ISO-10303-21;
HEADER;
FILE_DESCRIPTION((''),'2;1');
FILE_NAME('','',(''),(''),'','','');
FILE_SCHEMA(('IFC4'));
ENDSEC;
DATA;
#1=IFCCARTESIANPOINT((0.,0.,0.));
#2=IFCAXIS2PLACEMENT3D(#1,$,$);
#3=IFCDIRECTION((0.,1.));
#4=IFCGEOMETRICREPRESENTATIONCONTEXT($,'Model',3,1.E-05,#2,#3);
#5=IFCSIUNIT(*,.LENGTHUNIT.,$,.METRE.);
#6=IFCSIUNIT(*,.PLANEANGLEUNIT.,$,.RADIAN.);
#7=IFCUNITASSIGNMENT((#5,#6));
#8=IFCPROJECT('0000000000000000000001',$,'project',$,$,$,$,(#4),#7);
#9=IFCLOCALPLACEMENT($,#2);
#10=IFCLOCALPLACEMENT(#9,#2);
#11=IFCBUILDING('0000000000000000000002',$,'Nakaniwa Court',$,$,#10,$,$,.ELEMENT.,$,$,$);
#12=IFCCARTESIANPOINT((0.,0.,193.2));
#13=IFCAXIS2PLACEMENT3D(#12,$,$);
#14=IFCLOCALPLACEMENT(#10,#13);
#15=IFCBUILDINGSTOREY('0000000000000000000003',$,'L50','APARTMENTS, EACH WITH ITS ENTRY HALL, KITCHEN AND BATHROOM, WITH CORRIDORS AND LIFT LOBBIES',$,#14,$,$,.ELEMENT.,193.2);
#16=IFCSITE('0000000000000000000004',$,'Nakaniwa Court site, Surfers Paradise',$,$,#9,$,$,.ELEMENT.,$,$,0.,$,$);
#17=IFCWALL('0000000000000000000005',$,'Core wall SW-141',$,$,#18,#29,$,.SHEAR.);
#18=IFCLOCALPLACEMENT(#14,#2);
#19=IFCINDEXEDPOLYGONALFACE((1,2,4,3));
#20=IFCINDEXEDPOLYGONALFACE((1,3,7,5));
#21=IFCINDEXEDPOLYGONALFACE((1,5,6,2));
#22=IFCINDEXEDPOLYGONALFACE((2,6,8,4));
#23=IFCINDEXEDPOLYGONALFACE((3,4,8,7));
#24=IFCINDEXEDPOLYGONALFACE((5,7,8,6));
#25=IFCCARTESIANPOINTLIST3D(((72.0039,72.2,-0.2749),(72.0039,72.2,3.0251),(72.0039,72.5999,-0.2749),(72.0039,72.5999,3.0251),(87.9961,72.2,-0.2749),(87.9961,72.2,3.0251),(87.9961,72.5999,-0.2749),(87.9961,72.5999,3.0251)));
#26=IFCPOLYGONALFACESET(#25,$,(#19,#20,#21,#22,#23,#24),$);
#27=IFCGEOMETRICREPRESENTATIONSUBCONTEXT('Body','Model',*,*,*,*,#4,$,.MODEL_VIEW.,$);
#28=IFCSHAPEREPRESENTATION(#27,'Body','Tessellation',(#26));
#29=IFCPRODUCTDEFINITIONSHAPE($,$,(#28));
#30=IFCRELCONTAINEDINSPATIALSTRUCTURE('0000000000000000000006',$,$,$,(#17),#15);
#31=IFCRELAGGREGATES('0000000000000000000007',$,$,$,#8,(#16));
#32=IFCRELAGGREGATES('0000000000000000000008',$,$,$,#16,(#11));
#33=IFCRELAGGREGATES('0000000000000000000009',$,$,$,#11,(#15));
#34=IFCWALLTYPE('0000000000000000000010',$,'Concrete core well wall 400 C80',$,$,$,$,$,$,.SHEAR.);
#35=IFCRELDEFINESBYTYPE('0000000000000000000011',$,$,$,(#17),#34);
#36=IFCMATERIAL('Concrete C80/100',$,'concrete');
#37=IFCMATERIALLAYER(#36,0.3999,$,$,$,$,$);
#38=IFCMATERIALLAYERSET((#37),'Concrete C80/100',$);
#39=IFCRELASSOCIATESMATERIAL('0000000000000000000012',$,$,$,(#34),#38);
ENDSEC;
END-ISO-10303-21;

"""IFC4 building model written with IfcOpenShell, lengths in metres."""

from ifc_helpers import new_model, si_unit, direction, frame, frame_2d, origin, place, context, subcontext, project, spatial, rectangle, extrude, material, layer, layer_set, type_object, element, save


model = new_model("IFC4")

# Units and contexts
model_context = context("Model", 3, precision=1e-05, world=origin(), true_north=direction((0.0, 1.0)))
body_context = subcontext(model_context, "Body", "Model", "MODEL_VIEW")
ifc_project = project(units=[si_unit("LENGTHUNIT", "METRE"), si_unit("PLANEANGLEUNIT", "RADIAN")], contexts=[model_context])

# Site, building, storey
site_placement = place(None, origin())
site = spatial("IfcSite", under=ifc_project, at=site_placement, Name="Nakaniwa Court site, Surfers Paradise", CompositionType="ELEMENT", RefElevation=0.0)
building_placement = place(site_placement, origin())
building = spatial("IfcBuilding", under=site, at=building_placement, Name="Nakaniwa Court", CompositionType="ELEMENT")
storey_placement = place(building_placement, frame((0.0, 0.0, 193.2)))
storey = spatial("IfcBuildingStorey", under=building, at=storey_placement, Name="L50", Description="APARTMENTS, EACH WITH ITS ENTRY HALL, KITCHEN AND BATHROOM, WITH CORRIDORS AND LIFT LOBBIES", CompositionType="ELEMENT", Elevation=193.2)

# Shared definitions
ifc_material_1 = material(Name="Concrete C80/100", Category="concrete")

# Wall
ifc_layer_1 = layer(ifc_material_1, 0.3999)
ifc_layer_set_1 = layer_set([ifc_layer_1], Name="Concrete C80/100")
wall_type_1 = type_object("IfcWallType", Name="Concrete core well wall 400 C80", PredefinedType="SHEAR", material=ifc_layer_set_1)
wall_1_placement = place(storey_placement, frame((72.0039, 72.3999, -0.2749), z_axis=(0.0, 0.0, 1.0), x_axis=(1.0, 0.0, 0.0)))
element("IfcWall", 1, at=wall_1_placement, inside=storey, type_object=wall_type_1, Name="Core wall SW-141", PredefinedType="SHEAR", context=body_context, shape_type="SweptSolid", body=[
    extrude(rectangle(XDim=15.9922, YDim=0.3999, at=frame_2d((7.9961, 0.0))), origin(), (0.0, 0.0, 1.0), 3.3),
])

save(model, "model.ifc")
